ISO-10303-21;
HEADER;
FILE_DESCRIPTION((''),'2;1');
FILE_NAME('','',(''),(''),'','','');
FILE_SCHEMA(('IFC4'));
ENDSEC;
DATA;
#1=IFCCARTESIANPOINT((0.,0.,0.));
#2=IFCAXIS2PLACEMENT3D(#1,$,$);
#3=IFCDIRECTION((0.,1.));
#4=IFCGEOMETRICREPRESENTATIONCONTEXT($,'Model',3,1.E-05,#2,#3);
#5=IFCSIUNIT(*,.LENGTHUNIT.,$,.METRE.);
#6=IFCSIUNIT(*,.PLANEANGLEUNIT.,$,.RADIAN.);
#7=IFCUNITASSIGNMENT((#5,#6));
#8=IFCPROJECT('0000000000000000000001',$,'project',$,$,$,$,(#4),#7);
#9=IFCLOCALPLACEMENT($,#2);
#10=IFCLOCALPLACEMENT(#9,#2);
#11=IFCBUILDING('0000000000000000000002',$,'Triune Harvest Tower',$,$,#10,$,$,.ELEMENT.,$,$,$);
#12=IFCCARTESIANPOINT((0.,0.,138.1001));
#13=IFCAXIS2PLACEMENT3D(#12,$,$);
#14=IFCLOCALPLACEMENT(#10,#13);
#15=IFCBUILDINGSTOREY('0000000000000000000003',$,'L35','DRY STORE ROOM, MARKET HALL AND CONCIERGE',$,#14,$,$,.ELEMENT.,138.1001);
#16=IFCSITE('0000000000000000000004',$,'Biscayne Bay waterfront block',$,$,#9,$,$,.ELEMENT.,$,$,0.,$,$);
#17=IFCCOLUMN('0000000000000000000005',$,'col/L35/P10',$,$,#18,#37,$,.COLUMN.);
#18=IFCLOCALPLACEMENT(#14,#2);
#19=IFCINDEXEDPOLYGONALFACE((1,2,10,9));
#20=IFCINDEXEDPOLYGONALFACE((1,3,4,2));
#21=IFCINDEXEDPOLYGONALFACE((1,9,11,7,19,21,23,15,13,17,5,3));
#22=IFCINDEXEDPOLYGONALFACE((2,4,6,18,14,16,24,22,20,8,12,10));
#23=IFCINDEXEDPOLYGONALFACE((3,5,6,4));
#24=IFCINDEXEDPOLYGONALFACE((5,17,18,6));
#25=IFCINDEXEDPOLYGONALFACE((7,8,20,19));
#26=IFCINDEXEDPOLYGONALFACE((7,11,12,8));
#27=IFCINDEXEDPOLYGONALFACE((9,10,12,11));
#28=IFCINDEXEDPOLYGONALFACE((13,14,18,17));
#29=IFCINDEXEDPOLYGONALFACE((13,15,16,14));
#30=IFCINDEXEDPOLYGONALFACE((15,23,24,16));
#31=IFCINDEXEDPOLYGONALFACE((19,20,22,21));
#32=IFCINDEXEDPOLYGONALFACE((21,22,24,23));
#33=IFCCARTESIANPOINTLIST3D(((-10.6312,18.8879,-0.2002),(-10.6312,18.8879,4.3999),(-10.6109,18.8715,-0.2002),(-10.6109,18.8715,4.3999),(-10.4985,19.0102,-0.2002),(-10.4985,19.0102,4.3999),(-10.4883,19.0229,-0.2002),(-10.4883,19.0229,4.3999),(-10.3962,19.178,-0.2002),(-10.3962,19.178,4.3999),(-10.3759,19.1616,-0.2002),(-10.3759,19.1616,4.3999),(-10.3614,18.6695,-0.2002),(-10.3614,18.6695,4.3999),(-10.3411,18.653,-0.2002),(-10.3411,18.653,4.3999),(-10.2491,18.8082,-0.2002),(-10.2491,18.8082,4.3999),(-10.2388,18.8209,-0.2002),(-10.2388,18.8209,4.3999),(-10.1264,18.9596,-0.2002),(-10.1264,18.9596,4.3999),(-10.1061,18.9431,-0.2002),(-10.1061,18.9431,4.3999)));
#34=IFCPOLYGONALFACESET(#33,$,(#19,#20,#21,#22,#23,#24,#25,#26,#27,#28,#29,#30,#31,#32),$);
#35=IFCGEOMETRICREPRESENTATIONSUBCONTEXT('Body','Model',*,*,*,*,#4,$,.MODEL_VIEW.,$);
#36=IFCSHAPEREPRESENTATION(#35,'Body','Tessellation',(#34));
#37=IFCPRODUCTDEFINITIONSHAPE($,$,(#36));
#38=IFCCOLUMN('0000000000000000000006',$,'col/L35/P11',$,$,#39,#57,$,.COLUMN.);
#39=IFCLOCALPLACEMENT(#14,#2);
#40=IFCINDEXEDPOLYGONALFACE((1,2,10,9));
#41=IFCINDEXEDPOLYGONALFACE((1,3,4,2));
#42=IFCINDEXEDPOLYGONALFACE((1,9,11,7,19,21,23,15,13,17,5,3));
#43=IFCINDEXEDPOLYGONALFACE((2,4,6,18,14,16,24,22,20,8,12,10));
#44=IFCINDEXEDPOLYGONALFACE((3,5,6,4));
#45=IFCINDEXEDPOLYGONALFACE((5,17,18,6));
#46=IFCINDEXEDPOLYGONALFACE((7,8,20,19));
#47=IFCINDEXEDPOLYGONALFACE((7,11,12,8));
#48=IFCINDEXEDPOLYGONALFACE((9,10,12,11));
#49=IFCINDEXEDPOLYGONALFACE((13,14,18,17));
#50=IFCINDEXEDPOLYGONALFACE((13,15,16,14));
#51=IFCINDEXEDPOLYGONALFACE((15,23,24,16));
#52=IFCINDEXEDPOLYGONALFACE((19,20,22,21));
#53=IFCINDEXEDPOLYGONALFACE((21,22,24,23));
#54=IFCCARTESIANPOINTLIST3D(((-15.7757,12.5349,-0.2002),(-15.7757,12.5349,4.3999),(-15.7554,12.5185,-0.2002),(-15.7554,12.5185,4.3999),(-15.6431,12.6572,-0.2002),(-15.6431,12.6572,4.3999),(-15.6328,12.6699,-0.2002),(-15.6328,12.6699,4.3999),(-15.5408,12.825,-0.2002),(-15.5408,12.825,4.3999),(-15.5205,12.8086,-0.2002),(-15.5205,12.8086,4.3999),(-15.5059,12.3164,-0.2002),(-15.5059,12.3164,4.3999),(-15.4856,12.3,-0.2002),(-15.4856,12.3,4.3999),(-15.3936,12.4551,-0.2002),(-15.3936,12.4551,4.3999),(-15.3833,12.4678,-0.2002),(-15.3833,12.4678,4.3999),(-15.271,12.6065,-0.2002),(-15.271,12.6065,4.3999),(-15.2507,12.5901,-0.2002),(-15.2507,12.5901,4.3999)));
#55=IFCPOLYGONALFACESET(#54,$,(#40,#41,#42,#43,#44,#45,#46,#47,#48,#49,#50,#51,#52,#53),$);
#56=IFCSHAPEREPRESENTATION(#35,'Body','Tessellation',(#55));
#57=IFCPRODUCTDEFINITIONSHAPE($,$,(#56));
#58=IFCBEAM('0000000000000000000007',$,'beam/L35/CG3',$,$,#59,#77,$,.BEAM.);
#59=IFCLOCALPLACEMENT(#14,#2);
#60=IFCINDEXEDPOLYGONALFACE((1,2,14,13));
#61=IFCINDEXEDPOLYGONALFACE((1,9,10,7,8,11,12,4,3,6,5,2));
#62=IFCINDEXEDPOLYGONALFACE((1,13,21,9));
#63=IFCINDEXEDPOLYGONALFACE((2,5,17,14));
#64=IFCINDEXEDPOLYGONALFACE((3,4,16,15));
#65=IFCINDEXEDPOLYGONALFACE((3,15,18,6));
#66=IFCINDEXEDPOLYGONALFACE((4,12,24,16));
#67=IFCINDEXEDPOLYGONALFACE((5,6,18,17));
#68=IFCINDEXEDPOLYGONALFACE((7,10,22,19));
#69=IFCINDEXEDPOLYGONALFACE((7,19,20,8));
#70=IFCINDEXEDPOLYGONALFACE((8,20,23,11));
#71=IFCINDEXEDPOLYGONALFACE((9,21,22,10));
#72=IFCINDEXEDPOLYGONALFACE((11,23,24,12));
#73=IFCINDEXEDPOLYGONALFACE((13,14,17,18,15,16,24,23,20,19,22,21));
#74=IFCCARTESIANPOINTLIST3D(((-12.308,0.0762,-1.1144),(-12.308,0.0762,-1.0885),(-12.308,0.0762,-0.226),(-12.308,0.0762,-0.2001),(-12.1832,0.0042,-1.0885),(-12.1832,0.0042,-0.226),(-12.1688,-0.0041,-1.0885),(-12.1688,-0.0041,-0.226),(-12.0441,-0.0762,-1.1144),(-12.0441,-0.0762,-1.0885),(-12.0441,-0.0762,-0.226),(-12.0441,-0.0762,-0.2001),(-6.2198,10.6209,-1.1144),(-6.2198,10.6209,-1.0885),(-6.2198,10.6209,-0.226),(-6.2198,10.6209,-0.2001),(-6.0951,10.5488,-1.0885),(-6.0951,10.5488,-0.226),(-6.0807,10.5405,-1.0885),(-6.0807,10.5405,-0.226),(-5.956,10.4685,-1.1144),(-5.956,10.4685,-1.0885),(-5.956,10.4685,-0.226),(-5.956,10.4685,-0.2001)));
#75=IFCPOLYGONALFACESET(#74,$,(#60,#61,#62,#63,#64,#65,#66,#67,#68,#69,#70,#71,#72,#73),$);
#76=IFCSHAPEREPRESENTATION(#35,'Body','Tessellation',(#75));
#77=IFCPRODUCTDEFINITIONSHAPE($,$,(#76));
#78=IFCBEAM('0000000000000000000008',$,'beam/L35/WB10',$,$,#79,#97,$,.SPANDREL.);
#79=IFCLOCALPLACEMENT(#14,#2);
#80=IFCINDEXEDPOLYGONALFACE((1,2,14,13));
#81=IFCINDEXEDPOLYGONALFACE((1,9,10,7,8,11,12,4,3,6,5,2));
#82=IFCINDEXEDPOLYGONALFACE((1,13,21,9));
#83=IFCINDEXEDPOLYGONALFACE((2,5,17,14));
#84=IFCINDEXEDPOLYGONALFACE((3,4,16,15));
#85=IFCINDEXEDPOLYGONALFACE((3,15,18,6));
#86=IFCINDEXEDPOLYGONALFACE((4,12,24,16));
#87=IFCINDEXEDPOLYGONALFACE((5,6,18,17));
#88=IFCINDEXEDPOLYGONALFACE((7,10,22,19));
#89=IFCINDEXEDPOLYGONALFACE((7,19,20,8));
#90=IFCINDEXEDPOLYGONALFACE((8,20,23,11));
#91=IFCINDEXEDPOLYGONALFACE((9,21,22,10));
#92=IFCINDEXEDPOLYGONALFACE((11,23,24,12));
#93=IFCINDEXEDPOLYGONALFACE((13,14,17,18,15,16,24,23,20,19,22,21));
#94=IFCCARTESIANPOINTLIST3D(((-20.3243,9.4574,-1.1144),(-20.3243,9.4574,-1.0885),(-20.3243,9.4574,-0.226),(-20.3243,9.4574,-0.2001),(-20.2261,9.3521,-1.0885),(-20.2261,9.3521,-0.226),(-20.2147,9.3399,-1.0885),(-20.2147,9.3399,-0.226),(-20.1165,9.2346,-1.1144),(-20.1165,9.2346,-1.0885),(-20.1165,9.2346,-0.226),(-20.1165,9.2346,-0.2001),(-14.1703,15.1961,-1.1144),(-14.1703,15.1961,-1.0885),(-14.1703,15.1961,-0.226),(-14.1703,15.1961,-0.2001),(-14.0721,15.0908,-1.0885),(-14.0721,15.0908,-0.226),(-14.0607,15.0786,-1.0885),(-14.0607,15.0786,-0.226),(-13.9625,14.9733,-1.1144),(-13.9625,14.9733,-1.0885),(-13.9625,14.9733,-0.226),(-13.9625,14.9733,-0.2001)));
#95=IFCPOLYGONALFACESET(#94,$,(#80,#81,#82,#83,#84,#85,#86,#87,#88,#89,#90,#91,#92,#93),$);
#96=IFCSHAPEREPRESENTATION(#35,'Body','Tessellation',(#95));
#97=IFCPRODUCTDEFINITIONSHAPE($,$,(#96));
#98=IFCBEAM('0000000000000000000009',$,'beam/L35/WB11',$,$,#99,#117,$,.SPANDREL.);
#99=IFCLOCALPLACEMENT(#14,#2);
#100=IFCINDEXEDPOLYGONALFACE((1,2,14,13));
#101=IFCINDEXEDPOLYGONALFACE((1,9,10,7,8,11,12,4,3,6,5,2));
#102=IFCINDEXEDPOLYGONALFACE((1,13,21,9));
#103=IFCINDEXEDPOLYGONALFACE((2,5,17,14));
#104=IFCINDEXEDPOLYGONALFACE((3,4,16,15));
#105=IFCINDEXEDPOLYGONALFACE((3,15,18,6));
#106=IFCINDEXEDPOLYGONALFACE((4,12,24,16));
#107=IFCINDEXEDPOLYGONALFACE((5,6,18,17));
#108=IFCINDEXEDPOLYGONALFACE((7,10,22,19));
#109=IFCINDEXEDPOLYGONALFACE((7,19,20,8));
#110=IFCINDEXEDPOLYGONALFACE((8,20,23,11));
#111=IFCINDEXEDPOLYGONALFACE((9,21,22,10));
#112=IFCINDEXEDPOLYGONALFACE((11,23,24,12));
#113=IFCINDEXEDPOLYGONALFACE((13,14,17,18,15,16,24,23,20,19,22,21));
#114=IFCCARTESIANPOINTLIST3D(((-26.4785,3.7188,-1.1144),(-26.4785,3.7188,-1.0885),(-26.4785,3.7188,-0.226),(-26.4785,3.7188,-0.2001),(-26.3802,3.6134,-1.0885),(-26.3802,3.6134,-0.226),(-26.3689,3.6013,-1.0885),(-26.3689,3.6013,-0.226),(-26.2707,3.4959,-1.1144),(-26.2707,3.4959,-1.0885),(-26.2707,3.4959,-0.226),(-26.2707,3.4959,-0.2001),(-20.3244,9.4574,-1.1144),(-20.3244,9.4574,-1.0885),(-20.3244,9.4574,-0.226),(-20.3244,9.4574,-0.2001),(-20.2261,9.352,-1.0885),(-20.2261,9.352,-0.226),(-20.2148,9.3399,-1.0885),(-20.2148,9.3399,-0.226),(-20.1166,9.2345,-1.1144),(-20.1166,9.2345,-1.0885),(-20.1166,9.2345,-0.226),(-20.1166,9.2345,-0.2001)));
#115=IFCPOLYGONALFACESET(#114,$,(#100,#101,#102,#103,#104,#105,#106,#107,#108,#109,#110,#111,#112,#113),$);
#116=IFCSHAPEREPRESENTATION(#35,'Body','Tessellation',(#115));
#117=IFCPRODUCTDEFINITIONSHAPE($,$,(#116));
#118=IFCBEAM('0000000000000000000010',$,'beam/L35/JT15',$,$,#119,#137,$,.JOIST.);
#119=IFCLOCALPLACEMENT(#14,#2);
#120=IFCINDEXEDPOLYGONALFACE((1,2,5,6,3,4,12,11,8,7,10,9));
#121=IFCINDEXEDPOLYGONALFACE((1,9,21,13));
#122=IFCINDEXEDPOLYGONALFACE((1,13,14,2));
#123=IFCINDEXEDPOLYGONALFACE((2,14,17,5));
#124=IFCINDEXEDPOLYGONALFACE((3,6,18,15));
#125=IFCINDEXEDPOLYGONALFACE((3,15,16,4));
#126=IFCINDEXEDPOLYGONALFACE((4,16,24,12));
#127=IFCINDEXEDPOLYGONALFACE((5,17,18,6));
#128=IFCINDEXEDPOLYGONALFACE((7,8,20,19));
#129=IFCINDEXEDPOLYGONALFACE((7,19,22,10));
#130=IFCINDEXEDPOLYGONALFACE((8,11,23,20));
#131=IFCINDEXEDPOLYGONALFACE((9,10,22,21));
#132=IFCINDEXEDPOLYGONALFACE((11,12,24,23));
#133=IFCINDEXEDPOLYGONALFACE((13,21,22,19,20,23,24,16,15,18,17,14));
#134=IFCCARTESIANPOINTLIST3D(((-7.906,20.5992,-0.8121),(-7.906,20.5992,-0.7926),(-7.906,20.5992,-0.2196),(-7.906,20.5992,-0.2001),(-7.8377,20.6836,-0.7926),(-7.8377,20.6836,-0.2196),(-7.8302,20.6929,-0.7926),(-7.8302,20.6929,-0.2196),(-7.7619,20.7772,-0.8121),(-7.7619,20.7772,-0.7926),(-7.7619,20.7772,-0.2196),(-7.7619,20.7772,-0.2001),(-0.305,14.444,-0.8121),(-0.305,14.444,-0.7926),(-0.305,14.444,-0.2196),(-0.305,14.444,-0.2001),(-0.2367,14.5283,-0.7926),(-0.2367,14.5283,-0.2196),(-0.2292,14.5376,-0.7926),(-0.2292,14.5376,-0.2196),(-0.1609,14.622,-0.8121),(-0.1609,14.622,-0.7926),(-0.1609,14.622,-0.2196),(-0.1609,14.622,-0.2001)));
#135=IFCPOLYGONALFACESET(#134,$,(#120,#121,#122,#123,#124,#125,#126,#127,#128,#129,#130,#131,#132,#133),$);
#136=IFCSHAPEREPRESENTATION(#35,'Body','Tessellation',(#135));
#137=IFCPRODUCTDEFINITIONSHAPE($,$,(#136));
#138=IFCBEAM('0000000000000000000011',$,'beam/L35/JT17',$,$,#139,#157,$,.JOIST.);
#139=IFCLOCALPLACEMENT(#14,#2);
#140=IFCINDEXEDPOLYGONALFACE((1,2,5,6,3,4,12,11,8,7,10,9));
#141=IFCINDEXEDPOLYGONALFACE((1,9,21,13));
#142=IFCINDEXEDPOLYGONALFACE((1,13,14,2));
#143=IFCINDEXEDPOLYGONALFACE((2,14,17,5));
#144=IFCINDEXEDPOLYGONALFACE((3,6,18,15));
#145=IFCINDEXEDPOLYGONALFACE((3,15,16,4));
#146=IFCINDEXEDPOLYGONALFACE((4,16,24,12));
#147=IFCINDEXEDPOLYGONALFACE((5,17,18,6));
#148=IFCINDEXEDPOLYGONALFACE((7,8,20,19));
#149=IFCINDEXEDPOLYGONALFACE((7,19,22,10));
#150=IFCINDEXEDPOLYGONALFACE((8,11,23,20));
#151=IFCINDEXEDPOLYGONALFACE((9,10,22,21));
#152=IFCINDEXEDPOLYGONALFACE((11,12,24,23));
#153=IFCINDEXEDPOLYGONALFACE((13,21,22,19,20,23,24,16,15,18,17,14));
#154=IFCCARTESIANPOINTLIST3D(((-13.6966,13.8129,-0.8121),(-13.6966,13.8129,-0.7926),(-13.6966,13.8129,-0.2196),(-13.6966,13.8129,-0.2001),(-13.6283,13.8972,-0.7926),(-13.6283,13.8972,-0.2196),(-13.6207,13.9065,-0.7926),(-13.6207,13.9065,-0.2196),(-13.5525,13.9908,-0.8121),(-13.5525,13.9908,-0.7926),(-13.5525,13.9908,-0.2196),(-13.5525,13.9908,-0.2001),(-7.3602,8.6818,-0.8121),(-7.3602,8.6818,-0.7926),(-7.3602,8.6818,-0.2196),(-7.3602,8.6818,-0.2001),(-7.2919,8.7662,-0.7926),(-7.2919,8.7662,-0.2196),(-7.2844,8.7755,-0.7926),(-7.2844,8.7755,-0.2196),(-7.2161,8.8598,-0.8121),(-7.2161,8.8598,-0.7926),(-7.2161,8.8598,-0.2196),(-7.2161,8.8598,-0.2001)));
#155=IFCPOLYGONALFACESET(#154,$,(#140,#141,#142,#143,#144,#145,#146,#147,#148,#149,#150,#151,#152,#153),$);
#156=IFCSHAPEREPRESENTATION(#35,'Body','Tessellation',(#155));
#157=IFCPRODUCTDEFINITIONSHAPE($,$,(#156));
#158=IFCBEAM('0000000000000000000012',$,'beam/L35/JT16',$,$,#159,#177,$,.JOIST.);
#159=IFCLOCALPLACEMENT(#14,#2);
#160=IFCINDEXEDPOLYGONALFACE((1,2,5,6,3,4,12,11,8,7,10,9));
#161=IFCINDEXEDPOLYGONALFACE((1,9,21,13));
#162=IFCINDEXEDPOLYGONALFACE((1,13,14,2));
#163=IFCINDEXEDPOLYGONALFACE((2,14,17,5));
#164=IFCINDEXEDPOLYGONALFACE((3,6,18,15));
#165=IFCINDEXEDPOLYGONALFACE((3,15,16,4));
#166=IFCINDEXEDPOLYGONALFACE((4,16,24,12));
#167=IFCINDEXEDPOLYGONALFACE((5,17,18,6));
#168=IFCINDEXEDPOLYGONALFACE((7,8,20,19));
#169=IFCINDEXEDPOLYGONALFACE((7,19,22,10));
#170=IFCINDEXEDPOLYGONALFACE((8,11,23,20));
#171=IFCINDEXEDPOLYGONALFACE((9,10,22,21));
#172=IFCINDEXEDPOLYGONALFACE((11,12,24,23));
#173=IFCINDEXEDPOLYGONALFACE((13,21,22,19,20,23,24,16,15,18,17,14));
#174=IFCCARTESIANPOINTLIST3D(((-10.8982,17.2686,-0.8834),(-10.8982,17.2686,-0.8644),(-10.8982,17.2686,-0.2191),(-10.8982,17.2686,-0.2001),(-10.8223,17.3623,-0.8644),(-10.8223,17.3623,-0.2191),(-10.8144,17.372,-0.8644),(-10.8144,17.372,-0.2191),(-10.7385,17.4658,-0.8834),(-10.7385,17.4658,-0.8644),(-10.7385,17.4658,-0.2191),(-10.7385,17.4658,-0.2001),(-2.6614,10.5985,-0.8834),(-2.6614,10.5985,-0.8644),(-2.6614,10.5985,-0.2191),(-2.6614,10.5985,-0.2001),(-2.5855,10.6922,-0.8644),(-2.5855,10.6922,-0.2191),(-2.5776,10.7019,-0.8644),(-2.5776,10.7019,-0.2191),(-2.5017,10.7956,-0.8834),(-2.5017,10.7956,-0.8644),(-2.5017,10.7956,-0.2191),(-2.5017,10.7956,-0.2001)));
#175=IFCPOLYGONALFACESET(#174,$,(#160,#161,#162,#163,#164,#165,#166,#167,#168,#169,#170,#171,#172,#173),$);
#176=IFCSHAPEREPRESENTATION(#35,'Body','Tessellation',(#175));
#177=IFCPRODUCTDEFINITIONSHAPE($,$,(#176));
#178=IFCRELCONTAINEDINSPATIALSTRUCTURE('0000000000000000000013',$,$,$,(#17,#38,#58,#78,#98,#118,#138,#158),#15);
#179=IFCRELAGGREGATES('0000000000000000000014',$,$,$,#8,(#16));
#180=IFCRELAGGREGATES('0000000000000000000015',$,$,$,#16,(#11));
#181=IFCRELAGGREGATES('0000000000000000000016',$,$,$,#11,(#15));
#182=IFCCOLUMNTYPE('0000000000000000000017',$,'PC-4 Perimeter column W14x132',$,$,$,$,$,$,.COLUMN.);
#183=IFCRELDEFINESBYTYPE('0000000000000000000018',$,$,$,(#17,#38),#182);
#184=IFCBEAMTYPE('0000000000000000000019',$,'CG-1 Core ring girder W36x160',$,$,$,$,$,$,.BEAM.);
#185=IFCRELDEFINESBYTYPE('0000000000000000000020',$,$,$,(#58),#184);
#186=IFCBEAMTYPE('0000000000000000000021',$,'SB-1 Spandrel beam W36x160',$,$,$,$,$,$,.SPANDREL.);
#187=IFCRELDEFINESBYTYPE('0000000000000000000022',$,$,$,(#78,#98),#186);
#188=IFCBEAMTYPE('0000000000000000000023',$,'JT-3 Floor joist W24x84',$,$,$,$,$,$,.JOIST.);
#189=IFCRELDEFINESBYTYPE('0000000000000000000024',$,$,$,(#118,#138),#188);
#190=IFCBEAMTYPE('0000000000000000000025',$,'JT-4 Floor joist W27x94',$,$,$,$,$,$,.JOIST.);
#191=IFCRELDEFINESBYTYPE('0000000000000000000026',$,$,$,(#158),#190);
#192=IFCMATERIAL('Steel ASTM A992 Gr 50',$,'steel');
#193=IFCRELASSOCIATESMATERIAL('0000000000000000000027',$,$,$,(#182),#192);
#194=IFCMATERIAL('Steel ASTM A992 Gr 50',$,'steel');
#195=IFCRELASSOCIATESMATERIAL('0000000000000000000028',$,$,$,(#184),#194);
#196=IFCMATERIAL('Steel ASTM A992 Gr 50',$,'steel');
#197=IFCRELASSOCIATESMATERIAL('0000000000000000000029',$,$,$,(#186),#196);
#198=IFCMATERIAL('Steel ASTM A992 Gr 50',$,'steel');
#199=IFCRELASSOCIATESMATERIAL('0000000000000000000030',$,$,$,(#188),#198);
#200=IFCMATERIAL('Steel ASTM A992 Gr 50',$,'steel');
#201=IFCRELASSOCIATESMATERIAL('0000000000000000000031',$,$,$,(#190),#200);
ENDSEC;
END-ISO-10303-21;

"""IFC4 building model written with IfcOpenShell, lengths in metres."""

from ifc_helpers import new_model, si_unit, direction, frame, origin, origin_2d, place, context, subcontext, project, spatial, i_section, extrude, source, transform, mapped, material, material_profile, profile_set, type_object, element, save


model = new_model("IFC4")

# Units and contexts
model_context = context("Model", 3, precision=1e-05, world=origin(), true_north=direction((0.0, 1.0)))
body_context = subcontext(model_context, "Body", "Model", "MODEL_VIEW")
ifc_project = project(units=[si_unit("LENGTHUNIT", "METRE"), si_unit("PLANEANGLEUNIT", "RADIAN")], contexts=[model_context])

# Site, building, storey
site_placement = place(None, origin())
site = spatial("IfcSite", under=ifc_project, at=site_placement, Name="Biscayne Bay waterfront block", CompositionType="ELEMENT", RefElevation=0.0)
building_placement = place(site_placement, origin())
building = spatial("IfcBuilding", under=site, at=building_placement, Name="Triune Harvest Tower", CompositionType="ELEMENT")
storey_placement = place(building_placement, frame((0.0, 0.0, 138.1001)))
storey = spatial("IfcBuildingStorey", under=building, at=storey_placement, Name="L35", Description="DRY STORE ROOM, MARKET HALL AND CONCIERGE", CompositionType="ELEMENT", Elevation=138.1001)

# Columns
ifc_material_1 = material(Name="Steel ASTM A992 Gr 50", Category="steel")
ifc_material_profile_1 = material_profile(ifc_material_1, i_section(OverallWidth=0.3733, OverallDepth=0.3733, WebThickness=0.0164, FlangeThickness=0.0261, at=origin_2d()), Name="W14x132")
ifc_profile_set_1 = profile_set([ifc_material_profile_1], Name="Steel ASTM A992 Gr 50")
column_type = type_object("IfcColumnType", Name="PC-4 Perimeter column W14x132", PredefinedType="COLUMN", material=ifc_profile_set_1)
shared_shape_1 = source(origin(), body_context, "Body", "SweptSolid", [
    extrude(i_section(OverallWidth=0.3733, OverallDepth=0.3733, WebThickness=0.0164, FlangeThickness=0.0261, at=origin_2d()), origin(), (0.0, 0.0, 1.0), 4.6001),
])
for number, where, z_axis, x_axis, name in (
    (1, (-10.3687, 18.9155, -0.2002), (0.0, 0.0, 1.0), (-0.629322, -0.777145, 0.0), "col/L35/P10"),
    (2, (-15.5132, 12.5625, -0.2002), (0.0, 0.0, 1.0), (-0.629322, -0.777145, 0.0), "col/L35/P11"),
):
    element("IfcColumn", number, at=place(storey_placement, frame(where, z_axis=z_axis, x_axis=x_axis)), inside=storey, type_object=column_type, Name=name, PredefinedType="COLUMN", context=body_context, shape_type="MappedRepresentation", body=[
        mapped(shared_shape_1, transform((0.0, 0.0, 0.0), scale=1.0)),
    ])

# Beams
ifc_material_2 = material(Name="Steel ASTM A992 Gr 50", Category="steel")
ifc_material_profile_2 = material_profile(ifc_material_2, i_section(OverallWidth=0.3047, OverallDepth=0.9143, WebThickness=0.0166, FlangeThickness=0.0259, at=origin_2d()), Name="W36x160")
ifc_profile_set_2 = profile_set([ifc_material_profile_2], Name="Steel ASTM A992 Gr 50")
beam_type_1 = type_object("IfcBeamType", Name="CG-1 Core ring girder W36x160", PredefinedType="BEAM", material=ifc_profile_set_2)
shared_shape_2 = source(origin(), body_context, "Body", "SweptSolid", [
    extrude(i_section(OverallWidth=0.3047, OverallDepth=0.9143, WebThickness=0.0166, FlangeThickness=0.0259, at=origin_2d()), origin(), (0.0, 0.0, 1.0), 12.176),
])
beam_1_placement = place(storey_placement, frame((-6.0879, 10.5447, -0.6572), z_axis=(-0.50001, -0.86602, 0.0), x_axis=(0.86602, -0.50001, 0.0)))
element("IfcBeam", 3, at=beam_1_placement, inside=storey, type_object=beam_type_1, Name="beam/L35/CG3", PredefinedType="BEAM", context=body_context, shape_type="MappedRepresentation", body=[
    mapped(shared_shape_2, transform((0.0, 0.0, 0.0), scale=1.0)),
])
ifc_material_3 = material(Name="Steel ASTM A992 Gr 50", Category="steel")
ifc_material_profile_3 = material_profile(ifc_material_3, i_section(OverallWidth=0.3047, OverallDepth=0.9143, WebThickness=0.0166, FlangeThickness=0.0259, at=origin_2d()), Name="W36x160")
ifc_profile_set_3 = profile_set([ifc_material_profile_3], Name="Steel ASTM A992 Gr 50")
beam_type_2 = type_object("IfcBeamType", Name="SB-1 Spandrel beam W36x160", PredefinedType="SPANDREL", material=ifc_profile_set_3)
shared_shape_3 = source(origin(), body_context, "Body", "SweptSolid", [
    extrude(i_section(OverallWidth=0.3047, OverallDepth=0.9143, WebThickness=0.0166, FlangeThickness=0.0259, at=origin_2d()), origin(), (0.0, 0.0, 1.0), 8.4146),
])
for number, where, z_axis, x_axis, name in (
    (4, (-14.0664, 15.0847, -0.6572), (-0.731352, -0.682, 0.0), (0.682, -0.731352, 0.0), "beam/L35/WB10"),
    (5, (-20.2205, 9.3459, -0.6572), (-0.731367, -0.681984, 0.0), (0.681984, -0.731367, 0.0), "beam/L35/WB11"),
):
    element("IfcBeam", number, at=place(storey_placement, frame(where, z_axis=z_axis, x_axis=x_axis)), inside=storey, type_object=beam_type_2, Name=name, PredefinedType="SPANDREL", context=body_context, shape_type="MappedRepresentation", body=[
        mapped(shared_shape_3, transform((0.0, 0.0, 0.0), scale=1.0)),
    ])
ifc_material_4 = material(Name="Steel ASTM A992 Gr 50", Category="steel")
ifc_material_profile_4 = material_profile(ifc_material_4, i_section(OverallWidth=0.229, OverallDepth=0.6121, WebThickness=0.012, FlangeThickness=0.0195, at=origin_2d()), Name="W24x84")
ifc_profile_set_4 = profile_set([ifc_material_profile_4], Name="Steel ASTM A992 Gr 50")
beam_type_3 = type_object("IfcBeamType", Name="JT-3 Floor joist W24x84", PredefinedType="JOIST", material=ifc_profile_set_4)
shared_shape_4 = source(origin(), body_context, "Body", "SweptSolid", [
    extrude(i_section(OverallWidth=0.229, OverallDepth=0.6121, WebThickness=0.012, FlangeThickness=0.0195, at=origin_2d()), origin(), (0.0, 0.0, 1.0), 9.7808),
])
beam_2_placement = place(storey_placement, frame((-7.834, 20.6882, -0.5061), z_axis=(0.777144, -0.629323, 0.0), x_axis=(0.629323, 0.777144, 0.0)))
element("IfcBeam", 6, at=beam_2_placement, inside=storey, type_object=beam_type_3, Name="beam/L35/JT15", PredefinedType="JOIST", context=body_context, shape_type="MappedRepresentation", body=[
    mapped(shared_shape_4, transform((0.0, 0.0, 0.0), scale=1.0)),
])
shared_shape_5 = source(origin(), body_context, "Body", "SweptSolid", [
    extrude(i_section(OverallWidth=0.229, OverallDepth=0.6121, WebThickness=0.012, FlangeThickness=0.0195, at=origin_2d()), origin(), (0.0, 0.0, 1.0), 8.1533),
])
beam_3_placement = place(storey_placement, frame((-13.6245, 13.9019, -0.5061), z_axis=(0.777148, -0.629318, 0.0), x_axis=(0.629318, 0.777148, 0.0)))
element("IfcBeam", 7, at=beam_3_placement, inside=storey, type_object=beam_type_3, Name="beam/L35/JT17", PredefinedType="JOIST", context=body_context, shape_type="MappedRepresentation", body=[
    mapped(shared_shape_5, transform((0.0, 0.0, 0.0), scale=1.0)),
])
ifc_material_5 = material(Name="Steel ASTM A992 Gr 50", Category="steel")
ifc_material_profile_5 = material_profile(ifc_material_5, i_section(OverallWidth=0.2537, OverallDepth=0.6833, WebThickness=0.0125, FlangeThickness=0.019, at=origin_2d()), Name="W27x94")
ifc_profile_set_5 = profile_set([ifc_material_profile_5], Name="Steel ASTM A992 Gr 50")
beam_type_4 = type_object("IfcBeamType", Name="JT-4 Floor joist W27x94", PredefinedType="JOIST", material=ifc_profile_set_5)
shared_shape_6 = source(origin(), body_context, "Body", "SweptSolid", [
    extrude(i_section(OverallWidth=0.2537, OverallDepth=0.6833, WebThickness=0.0125, FlangeThickness=0.019, at=origin_2d()), origin(), (0.0, 0.0, 1.0), 10.5989),
])
beam_4_placement = place(storey_placement, frame((-10.8184, 17.3672, -0.5417), z_axis=(0.77714, -0.629327, 0.0), x_axis=(0.629327, 0.77714, 0.0)))
element("IfcBeam", 8, at=beam_4_placement, inside=storey, type_object=beam_type_4, Name="beam/L35/JT16", PredefinedType="JOIST", context=body_context, shape_type="MappedRepresentation", body=[
    mapped(shared_shape_6, transform((0.0, 0.0, 0.0), scale=1.0)),
])

save(model, "model.ifc")
